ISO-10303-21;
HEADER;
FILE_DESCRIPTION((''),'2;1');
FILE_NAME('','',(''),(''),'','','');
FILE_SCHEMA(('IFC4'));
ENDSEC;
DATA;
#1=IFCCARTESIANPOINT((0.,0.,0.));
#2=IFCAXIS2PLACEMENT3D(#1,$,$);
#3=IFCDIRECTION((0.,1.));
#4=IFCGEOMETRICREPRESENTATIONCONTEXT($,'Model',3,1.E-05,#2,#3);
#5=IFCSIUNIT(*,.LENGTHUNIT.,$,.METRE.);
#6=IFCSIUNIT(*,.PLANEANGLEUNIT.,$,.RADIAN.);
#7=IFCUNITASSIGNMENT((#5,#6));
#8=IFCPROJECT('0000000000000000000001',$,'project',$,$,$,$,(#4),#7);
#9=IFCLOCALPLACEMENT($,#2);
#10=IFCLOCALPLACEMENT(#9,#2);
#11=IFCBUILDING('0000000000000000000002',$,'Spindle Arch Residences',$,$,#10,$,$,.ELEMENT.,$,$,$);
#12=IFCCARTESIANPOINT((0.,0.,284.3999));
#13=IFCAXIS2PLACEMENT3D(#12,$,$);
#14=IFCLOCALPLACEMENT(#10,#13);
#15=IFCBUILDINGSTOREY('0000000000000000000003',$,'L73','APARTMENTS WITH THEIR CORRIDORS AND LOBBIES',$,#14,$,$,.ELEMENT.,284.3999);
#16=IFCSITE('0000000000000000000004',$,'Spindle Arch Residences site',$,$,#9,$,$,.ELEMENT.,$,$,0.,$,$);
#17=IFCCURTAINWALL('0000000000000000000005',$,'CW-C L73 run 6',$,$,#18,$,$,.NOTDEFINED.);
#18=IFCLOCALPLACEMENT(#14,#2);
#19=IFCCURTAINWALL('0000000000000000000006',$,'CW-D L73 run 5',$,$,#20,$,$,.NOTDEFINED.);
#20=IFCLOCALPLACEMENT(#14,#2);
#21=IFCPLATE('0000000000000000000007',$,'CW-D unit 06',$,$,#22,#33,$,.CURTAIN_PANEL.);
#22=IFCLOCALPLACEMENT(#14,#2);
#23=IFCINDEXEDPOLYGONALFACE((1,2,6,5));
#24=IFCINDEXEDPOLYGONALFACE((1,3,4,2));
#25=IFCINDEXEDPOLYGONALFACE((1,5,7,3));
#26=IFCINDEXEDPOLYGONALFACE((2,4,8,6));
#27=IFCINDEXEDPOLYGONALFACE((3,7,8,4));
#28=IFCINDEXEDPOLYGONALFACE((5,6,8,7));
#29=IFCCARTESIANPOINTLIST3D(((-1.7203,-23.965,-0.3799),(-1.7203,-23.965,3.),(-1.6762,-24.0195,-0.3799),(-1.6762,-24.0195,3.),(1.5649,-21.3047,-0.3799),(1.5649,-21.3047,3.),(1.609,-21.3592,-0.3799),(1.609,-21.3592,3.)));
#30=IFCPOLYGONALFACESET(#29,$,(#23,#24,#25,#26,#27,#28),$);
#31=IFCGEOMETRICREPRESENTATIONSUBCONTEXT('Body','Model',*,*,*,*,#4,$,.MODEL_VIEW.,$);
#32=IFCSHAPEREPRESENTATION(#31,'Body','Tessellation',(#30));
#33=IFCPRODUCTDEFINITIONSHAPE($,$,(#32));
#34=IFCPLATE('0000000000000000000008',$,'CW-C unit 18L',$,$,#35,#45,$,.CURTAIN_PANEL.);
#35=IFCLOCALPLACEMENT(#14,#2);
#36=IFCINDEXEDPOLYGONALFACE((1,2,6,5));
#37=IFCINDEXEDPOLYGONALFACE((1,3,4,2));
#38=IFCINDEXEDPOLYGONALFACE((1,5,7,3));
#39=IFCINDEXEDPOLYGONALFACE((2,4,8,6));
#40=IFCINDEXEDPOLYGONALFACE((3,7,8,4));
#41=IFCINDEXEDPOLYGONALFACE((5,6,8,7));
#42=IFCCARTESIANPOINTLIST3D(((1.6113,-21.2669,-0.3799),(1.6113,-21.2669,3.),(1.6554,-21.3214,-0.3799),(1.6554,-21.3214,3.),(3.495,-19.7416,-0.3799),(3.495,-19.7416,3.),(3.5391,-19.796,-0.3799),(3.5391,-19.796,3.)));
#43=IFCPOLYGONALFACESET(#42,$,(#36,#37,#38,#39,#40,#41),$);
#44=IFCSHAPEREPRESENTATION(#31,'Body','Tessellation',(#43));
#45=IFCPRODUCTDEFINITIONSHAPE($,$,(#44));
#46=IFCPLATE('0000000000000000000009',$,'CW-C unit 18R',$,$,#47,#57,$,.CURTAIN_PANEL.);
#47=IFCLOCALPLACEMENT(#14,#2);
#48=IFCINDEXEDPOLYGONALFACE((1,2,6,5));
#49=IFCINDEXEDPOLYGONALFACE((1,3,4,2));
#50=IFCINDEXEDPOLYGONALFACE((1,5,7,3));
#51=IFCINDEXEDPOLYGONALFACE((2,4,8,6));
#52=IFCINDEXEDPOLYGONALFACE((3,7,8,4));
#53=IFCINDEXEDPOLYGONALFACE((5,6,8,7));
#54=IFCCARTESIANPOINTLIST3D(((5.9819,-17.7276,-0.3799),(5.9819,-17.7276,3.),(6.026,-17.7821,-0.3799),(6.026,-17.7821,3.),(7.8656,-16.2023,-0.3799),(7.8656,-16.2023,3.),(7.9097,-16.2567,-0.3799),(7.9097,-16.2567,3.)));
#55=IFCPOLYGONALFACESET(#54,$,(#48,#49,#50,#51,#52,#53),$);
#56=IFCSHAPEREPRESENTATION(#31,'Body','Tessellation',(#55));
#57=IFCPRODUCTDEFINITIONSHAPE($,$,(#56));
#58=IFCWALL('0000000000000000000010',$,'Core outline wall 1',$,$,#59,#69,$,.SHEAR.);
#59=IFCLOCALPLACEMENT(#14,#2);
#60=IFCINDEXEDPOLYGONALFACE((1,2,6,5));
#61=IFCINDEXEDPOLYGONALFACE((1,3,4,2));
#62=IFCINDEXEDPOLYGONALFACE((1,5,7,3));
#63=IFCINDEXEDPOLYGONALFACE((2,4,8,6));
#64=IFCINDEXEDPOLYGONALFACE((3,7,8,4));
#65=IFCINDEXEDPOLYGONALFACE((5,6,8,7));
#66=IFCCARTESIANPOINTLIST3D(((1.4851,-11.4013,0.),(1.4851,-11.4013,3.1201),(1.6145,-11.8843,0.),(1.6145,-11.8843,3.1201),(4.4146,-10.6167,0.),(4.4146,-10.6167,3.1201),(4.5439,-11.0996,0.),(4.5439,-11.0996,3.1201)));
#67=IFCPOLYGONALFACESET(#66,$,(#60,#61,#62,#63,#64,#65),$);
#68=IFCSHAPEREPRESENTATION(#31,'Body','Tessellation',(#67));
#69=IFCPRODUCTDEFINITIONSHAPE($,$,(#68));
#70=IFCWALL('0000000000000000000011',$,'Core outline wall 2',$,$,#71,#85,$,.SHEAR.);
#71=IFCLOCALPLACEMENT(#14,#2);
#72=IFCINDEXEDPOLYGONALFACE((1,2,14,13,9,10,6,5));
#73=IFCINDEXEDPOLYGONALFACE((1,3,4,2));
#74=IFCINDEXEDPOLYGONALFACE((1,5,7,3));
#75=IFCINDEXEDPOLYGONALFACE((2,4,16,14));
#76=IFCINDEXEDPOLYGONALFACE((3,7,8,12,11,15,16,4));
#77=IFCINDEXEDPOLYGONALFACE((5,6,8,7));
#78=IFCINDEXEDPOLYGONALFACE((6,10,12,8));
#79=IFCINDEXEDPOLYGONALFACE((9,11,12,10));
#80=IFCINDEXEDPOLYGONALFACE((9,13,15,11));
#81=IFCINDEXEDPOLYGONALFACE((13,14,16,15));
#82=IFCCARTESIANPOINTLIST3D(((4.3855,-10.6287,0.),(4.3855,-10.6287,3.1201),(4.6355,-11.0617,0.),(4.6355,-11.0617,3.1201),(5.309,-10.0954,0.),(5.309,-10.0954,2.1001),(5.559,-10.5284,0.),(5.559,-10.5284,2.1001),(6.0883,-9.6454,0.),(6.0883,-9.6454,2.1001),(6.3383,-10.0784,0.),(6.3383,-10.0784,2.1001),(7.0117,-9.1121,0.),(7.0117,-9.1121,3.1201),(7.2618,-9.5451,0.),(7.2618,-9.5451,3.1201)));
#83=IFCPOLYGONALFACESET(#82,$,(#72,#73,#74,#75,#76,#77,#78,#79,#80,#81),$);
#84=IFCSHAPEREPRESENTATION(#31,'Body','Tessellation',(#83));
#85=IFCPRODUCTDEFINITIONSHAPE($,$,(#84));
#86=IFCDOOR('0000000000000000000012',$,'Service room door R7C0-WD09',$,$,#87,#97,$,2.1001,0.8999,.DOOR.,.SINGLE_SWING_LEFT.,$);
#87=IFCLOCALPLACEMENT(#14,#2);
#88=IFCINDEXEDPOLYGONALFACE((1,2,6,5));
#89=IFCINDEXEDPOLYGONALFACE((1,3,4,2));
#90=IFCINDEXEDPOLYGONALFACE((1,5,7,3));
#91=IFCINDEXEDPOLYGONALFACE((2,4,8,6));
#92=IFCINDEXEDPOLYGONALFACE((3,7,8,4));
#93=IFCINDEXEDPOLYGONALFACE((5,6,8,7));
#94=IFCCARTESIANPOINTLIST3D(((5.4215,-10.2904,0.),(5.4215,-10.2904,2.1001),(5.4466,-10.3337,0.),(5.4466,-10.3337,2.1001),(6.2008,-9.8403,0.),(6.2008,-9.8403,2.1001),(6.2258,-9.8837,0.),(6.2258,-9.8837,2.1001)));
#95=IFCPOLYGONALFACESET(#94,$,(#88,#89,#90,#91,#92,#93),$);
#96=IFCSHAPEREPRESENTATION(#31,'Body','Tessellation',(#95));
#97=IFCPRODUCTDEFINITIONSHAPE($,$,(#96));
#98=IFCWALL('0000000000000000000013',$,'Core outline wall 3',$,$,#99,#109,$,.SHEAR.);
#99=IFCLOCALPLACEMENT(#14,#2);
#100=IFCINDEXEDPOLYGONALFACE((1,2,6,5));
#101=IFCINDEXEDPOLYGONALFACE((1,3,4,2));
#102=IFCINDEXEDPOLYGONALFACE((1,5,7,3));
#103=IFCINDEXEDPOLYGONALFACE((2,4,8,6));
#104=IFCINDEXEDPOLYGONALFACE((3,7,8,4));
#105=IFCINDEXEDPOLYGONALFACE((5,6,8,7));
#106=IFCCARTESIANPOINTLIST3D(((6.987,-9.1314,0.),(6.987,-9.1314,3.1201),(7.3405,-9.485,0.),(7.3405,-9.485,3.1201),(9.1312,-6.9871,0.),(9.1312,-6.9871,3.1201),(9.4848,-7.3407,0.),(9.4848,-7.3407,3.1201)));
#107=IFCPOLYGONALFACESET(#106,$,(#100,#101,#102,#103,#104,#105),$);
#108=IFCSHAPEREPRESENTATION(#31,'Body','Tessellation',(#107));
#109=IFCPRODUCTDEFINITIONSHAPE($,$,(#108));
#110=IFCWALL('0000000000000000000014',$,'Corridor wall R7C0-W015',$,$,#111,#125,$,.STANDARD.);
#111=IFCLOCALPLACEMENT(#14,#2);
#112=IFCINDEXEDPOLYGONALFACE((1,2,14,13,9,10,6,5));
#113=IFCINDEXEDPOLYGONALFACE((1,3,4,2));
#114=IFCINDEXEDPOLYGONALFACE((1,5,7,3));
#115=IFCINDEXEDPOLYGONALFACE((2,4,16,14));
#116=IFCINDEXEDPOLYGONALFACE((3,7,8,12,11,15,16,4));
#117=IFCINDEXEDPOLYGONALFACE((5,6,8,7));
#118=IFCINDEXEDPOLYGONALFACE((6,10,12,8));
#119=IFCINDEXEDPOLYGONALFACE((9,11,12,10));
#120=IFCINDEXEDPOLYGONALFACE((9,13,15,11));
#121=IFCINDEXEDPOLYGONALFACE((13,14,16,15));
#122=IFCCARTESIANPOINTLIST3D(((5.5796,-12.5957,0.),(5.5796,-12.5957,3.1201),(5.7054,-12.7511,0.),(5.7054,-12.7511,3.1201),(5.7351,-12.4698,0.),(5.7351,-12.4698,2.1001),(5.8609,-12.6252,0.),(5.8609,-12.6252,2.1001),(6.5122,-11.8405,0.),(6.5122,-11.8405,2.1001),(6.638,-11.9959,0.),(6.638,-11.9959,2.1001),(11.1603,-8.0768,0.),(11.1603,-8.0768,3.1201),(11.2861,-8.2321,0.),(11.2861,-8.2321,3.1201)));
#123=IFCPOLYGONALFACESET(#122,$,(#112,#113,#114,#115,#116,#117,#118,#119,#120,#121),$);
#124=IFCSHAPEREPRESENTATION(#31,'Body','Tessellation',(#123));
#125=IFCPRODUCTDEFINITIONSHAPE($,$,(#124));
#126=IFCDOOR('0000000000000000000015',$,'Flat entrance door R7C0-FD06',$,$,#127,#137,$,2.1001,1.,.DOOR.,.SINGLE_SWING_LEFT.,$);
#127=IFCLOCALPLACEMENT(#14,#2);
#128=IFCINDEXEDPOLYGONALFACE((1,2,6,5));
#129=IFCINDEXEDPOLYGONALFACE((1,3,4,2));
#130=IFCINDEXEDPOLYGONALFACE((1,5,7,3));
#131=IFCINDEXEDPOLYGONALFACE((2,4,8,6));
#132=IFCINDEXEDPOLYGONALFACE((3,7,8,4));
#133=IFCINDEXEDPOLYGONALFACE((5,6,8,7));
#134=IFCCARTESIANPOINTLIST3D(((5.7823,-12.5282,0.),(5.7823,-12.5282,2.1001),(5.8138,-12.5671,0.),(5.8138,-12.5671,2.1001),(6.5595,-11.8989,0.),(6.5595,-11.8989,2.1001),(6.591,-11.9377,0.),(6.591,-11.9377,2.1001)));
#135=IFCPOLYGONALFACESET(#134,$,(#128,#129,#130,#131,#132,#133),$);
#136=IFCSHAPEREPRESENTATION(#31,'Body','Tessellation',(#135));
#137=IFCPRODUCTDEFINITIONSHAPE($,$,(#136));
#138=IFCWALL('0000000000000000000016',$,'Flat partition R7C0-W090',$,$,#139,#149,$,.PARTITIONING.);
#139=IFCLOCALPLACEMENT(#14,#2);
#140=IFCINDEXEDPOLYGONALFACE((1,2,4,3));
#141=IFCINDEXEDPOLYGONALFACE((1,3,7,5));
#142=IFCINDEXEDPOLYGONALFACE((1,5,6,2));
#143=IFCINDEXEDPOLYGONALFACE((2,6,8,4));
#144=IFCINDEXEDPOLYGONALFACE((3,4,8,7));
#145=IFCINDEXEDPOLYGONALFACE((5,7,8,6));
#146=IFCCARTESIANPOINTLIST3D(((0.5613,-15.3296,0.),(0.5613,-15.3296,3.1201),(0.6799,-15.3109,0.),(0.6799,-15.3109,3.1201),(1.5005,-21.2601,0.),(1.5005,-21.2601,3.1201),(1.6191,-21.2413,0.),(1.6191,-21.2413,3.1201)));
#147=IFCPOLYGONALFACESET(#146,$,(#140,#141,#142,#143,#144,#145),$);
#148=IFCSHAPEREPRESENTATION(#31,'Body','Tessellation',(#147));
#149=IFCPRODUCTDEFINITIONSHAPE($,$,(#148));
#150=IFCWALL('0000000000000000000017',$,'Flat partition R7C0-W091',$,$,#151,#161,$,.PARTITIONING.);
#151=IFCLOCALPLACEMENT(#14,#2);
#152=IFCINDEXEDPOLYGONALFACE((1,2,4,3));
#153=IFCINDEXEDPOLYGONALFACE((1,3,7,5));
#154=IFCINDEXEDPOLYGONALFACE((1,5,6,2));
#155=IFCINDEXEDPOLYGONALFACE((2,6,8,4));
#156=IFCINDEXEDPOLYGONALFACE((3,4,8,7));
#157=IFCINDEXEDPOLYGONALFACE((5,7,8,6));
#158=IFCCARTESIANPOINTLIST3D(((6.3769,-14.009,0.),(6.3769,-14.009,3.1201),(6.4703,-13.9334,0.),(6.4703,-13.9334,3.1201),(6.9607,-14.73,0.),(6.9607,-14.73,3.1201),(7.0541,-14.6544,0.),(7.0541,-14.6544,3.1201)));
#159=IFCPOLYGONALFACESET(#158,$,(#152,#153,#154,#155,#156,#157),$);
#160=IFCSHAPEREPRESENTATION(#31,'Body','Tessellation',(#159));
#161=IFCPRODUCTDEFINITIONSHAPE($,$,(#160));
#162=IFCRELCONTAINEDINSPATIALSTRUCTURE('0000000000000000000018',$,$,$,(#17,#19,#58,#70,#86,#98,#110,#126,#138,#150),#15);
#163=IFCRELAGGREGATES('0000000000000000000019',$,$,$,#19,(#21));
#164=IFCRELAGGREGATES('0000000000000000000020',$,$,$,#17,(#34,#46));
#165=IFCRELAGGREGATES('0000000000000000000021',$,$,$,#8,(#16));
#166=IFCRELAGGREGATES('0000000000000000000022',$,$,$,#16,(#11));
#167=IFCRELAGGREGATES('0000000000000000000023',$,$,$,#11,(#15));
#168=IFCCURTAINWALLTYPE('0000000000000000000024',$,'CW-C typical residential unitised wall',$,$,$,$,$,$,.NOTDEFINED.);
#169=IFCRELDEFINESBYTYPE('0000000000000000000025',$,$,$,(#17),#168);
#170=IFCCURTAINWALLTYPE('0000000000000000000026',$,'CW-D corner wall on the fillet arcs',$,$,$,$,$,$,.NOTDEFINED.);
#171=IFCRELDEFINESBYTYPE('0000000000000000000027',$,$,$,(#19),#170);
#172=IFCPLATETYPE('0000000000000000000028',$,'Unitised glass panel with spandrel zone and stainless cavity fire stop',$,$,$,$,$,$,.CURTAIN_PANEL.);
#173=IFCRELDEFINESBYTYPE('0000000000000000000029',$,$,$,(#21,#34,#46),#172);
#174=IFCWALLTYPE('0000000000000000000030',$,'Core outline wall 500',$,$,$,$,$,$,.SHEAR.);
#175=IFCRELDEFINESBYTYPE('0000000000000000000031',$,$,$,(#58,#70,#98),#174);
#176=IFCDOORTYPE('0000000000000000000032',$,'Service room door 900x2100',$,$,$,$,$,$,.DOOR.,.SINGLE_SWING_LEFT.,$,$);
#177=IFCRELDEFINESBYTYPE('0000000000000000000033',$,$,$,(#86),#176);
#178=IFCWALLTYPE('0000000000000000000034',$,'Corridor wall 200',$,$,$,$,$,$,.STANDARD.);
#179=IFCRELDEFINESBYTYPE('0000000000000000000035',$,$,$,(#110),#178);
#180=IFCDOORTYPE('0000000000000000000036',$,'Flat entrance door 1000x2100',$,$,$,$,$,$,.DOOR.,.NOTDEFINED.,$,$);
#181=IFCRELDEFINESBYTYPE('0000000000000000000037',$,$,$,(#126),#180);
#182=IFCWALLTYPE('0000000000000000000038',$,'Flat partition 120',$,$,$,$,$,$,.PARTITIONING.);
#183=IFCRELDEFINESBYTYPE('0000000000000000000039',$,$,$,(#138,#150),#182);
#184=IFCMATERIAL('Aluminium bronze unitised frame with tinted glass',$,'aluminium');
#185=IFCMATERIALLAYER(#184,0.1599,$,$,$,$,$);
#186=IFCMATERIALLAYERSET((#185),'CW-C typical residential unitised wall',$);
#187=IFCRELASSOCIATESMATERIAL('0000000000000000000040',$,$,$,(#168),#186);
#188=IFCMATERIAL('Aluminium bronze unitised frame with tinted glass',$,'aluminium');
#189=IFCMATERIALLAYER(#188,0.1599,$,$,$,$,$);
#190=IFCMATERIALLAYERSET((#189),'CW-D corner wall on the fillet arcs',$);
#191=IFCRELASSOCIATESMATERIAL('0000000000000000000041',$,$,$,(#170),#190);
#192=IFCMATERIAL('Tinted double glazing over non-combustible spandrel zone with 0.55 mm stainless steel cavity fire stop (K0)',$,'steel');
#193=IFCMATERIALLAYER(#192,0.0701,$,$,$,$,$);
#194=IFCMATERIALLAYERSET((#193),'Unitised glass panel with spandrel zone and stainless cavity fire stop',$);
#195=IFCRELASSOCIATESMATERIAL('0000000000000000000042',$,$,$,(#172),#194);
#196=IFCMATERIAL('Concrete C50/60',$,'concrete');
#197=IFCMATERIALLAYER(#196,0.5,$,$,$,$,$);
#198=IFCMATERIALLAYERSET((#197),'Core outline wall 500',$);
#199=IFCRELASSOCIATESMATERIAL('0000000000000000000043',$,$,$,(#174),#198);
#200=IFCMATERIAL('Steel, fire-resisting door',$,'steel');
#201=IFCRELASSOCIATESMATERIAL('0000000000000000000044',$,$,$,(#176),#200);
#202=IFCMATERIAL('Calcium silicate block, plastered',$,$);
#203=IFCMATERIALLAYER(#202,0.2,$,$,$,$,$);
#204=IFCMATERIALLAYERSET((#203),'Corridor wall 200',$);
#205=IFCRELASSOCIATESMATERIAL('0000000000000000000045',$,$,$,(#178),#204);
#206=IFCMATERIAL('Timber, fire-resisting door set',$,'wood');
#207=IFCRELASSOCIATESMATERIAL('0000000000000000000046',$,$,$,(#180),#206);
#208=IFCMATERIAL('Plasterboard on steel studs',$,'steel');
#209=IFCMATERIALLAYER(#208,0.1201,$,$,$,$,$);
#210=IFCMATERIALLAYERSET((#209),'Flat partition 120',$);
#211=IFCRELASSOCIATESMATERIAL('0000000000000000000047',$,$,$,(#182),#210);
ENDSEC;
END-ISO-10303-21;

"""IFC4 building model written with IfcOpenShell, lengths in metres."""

from ifc_helpers import new_model, si_unit, direction, frame, frame_2d, origin, origin_2d, place, context, subcontext, project, spatial, rectangle, extrude, material, layer, layer_set, type_object, element, fill, aggregate, save


model = new_model("IFC4")

# Units and contexts
model_context = context("Model", 3, precision=1e-05, world=origin(), true_north=direction((0.0, 1.0)))
body_context = subcontext(model_context, "Body", "Model", "MODEL_VIEW")
ifc_project = project(units=[si_unit("LENGTHUNIT", "METRE"), si_unit("PLANEANGLEUNIT", "RADIAN")], contexts=[model_context])

# Site, building, storey
site_placement = place(None, origin())
site = spatial("IfcSite", under=ifc_project, at=site_placement, Name="Spindle Arch Residences site", CompositionType="ELEMENT", RefElevation=0.0)
building_placement = place(site_placement, origin())
building = spatial("IfcBuilding", under=site, at=building_placement, Name="Spindle Arch Residences", CompositionType="ELEMENT")
storey_placement = place(building_placement, frame((0.0, 0.0, 284.3999)))
storey = spatial("IfcBuildingStorey", under=building, at=storey_placement, Name="L73", Description="APARTMENTS WITH THEIR CORRIDORS AND LOBBIES", CompositionType="ELEMENT", Elevation=284.3999)

# Curtain wall
ifc_material_1 = material(Name="Aluminium bronze unitised frame with tinted glass", Category="aluminium")
ifc_layer_1 = layer(ifc_material_1, 0.1599)
ifc_layer_set_1 = layer_set([ifc_layer_1], Name="CW-C typical residential unitised wall")
curtain_wall_type_1 = type_object("IfcCurtainWallType", Name="CW-C typical residential unitised wall", PredefinedType="NOTDEFINED", material=ifc_layer_set_1)
curtain_wall_1_placement = place(storey_placement, origin())
curtain_wall_1 = element("IfcCurtainWall", 1, at=curtain_wall_1_placement, inside=storey, type_object=curtain_wall_type_1, Name="CW-C L73 run 6", PredefinedType="NOTDEFINED")

# Curtain wall, plate
ifc_material_2 = material(Name="Aluminium bronze unitised frame with tinted glass", Category="aluminium")
ifc_layer_2 = layer(ifc_material_2, 0.1599)
ifc_layer_set_2 = layer_set([ifc_layer_2], Name="CW-D corner wall on the fillet arcs")
curtain_wall_type_2 = type_object("IfcCurtainWallType", Name="CW-D corner wall on the fillet arcs", PredefinedType="NOTDEFINED", material=ifc_layer_set_2)
curtain_wall_2_placement = place(storey_placement, origin())
curtain_wall_2 = element("IfcCurtainWall", 2, at=curtain_wall_2_placement, inside=storey, type_object=curtain_wall_type_2, Name="CW-D L73 run 5", PredefinedType="NOTDEFINED")
ifc_material_3 = material(Name="Tinted double glazing over non-combustible spandrel zone with 0.55 mm stainless steel cavity fire stop (K0)", Category="steel")
ifc_layer_3 = layer(ifc_material_3, 0.0701)
ifc_layer_set_3 = layer_set([ifc_layer_3], Name="Unitised glass panel with spandrel zone and stainless cavity fire stop")
plate_type = type_object("IfcPlateType", Name="Unitised glass panel with spandrel zone and stainless cavity fire stop", PredefinedType="CURTAIN_PANEL", material=ifc_layer_set_3)
plate_1_placement = place(storey_placement, frame((-0.0557, -22.6621, -0.3799), z_axis=(0.0, 0.0, 1.0), x_axis=(0.777146, 0.62932, 0.0)))
plate_1 = element("IfcPlate", 3, at=plate_1_placement, type_object=plate_type, Name="CW-D unit 06", PredefinedType="CURTAIN_PANEL", context=body_context, shape_type="SweptSolid", body=[
    extrude(rectangle(XDim=4.2273, YDim=0.0701, at=origin_2d()), origin(), (0.0, 0.0, 1.0), 3.3799),
])
aggregate(curtain_wall_2, [plate_1])

# Plates
plate_2_placement = place(storey_placement, frame((2.5752, -20.5315, -0.3799), z_axis=(0.0, 0.0, 1.0), x_axis=(0.777146, 0.62932, 0.0)))
plate_2 = element("IfcPlate", 4, at=plate_2_placement, type_object=plate_type, Name="CW-C unit 18L", PredefinedType="CURTAIN_PANEL", context=body_context, shape_type="SweptSolid", body=[
    extrude(rectangle(XDim=2.4238, YDim=0.0701, at=origin_2d()), origin(), (0.0, 0.0, 1.0), 3.3799),
])
plate_3_placement = place(storey_placement, frame((6.9458, -16.9922, -0.3799), z_axis=(0.0, 0.0, 1.0), x_axis=(0.777146, 0.62932, 0.0)))
plate_3 = element("IfcPlate", 5, at=plate_3_placement, type_object=plate_type, Name="CW-C unit 18R", PredefinedType="CURTAIN_PANEL", context=body_context, shape_type="SweptSolid", body=[
    extrude(rectangle(XDim=2.4238, YDim=0.0701, at=origin_2d()), origin(), (0.0, 0.0, 1.0), 3.3799),
])
aggregate(curtain_wall_1, [plate_2, plate_3])

# Wall
ifc_material_4 = material(Name="Concrete C50/60", Category="concrete")
ifc_layer_4 = layer(ifc_material_4, 0.5)
ifc_layer_set_4 = layer_set([ifc_layer_4], Name="Core outline wall 500")
wall_type_1 = type_object("IfcWallType", Name="Core outline wall 500", PredefinedType="SHEAR", material=ifc_layer_set_4)
wall_1_placement = place(storey_placement, frame((1.5498, -11.6428, 0.0), z_axis=(0.0, 0.0, 1.0), x_axis=(0.965948, 0.258735, 0.0)))
element("IfcWall", 6, at=wall_1_placement, inside=storey, type_object=wall_type_1, Name="Core outline wall 1", PredefinedType="SHEAR", context=body_context, shape_type="SweptSolid", body=[
    extrude(rectangle(XDim=3.0327, YDim=0.5, at=frame_2d((1.5164, 0.0))), origin(), (0.0, 0.0, 1.0), 3.1201),
])

# Wall, opening, door
wall_2_placement = place(storey_placement, frame((4.5105, -10.8452, 0.0), z_axis=(0.0, 0.0, 1.0), x_axis=(0.865975, 0.500087, 0.0)))
wall_2 = element("IfcWall", 7, at=wall_2_placement, inside=storey, type_object=wall_type_1, Name="Core outline wall 2", PredefinedType="SHEAR", context=body_context, shape_type="SweptSolid", body=[
    extrude(rectangle(XDim=3.0327, YDim=0.5, at=frame_2d((1.5164, 0.0))), origin(), (0.0, 0.0, 1.0), 3.1201),
])
opening_1_placement = place(wall_2_placement, frame((1.0664, 0.0, 0.0)))
opening_1 = element("IfcOpeningElement", 8, at=opening_1_placement, cuts=wall_2, PredefinedType="OPENING", context=body_context, shape_type="SweptSolid", body=[
    extrude(rectangle(XDim=0.8999, YDim=2.1001, at=frame_2d((0.45, 1.05))), frame((0.0, 0.26, 0.0), z_axis=(0.0, -1.0, 0.0), x_axis=(1.0, 0.0, 0.0)), (0.0, 0.0, 1.0), 0.52),
])
ifc_material_5 = material(Name="Steel, fire-resisting door", Category="steel")
door_type_1 = type_object("IfcDoorType", Name="Service room door 900x2100", OperationType="SINGLE_SWING_LEFT", PredefinedType="DOOR", material=ifc_material_5)
door_1_placement = place(opening_1_placement, origin())
door_1 = element("IfcDoor", 9, at=door_1_placement, inside=storey, type_object=door_type_1, Name="Service room door R7C0-WD09", OperationType="SINGLE_SWING_LEFT", OverallHeight=2.1001, OverallWidth=0.8999, PredefinedType="DOOR", context=body_context, shape_type="SweptSolid", body=[
    extrude(rectangle(XDim=0.8999, YDim=2.1001, at=frame_2d((0.45, 1.05))), frame((0.0, 0.0249, 0.0), z_axis=(0.0, -1.0, 0.0), x_axis=(1.0, 0.0, 0.0)), (0.0, 0.0, 1.0), 0.05),
])
fill(opening_1, door_1)

# Wall
wall_3_placement = place(storey_placement, frame((7.1638, -9.3081, 0.0), z_axis=(0.0, 0.0, 1.0), x_axis=(0.707107, 0.707107, 0.0)))
element("IfcWall", 10, at=wall_3_placement, inside=storey, type_object=wall_type_1, Name="Core outline wall 3", PredefinedType="SHEAR", context=body_context, shape_type="SweptSolid", body=[
    extrude(rectangle(XDim=3.0325, YDim=0.5, at=frame_2d((1.5161, 0.0))), origin(), (0.0, 0.0, 1.0), 3.1201),
])

# Wall, opening, door
ifc_material_6 = material(Name="Calcium silicate block, plastered")
ifc_layer_5 = layer(ifc_material_6, 0.2)
ifc_layer_set_5 = layer_set([ifc_layer_5], Name="Corridor wall 200")
wall_type_2 = type_object("IfcWallType", Name="Corridor wall 200", PredefinedType="STANDARD", material=ifc_layer_set_5)
wall_4_placement = place(storey_placement, frame((5.6426, -12.6733, 0.0), z_axis=(0.0, 0.0, 1.0), x_axis=(0.77716, 0.629303, 0.0)))
wall_4 = element("IfcWall", 11, at=wall_4_placement, inside=storey, type_object=wall_type_2, Name="Corridor wall R7C0-W015", PredefinedType="STANDARD", context=body_context, shape_type="SweptSolid", body=[
    extrude(rectangle(XDim=7.1809, YDim=0.2, at=frame_2d((3.5903, 0.0))), origin(), (0.0, 0.0, 1.0), 3.1201),
])
opening_2_placement = place(wall_4_placement, frame((0.2, 0.0, 0.0)))
opening_2 = element("IfcOpeningElement", 12, at=opening_2_placement, cuts=wall_4, PredefinedType="OPENING", context=body_context, shape_type="SweptSolid", body=[
    extrude(rectangle(XDim=1.0, YDim=2.1001, at=frame_2d((0.5, 1.05))), frame((0.0, 0.1099, 0.0), z_axis=(0.0, -1.0, 0.0), x_axis=(1.0, 0.0, 0.0)), (0.0, 0.0, 1.0), 0.22),
])
ifc_material_7 = material(Name="Timber, fire-resisting door set", Category="wood")
door_type_2 = type_object("IfcDoorType", Name="Flat entrance door 1000x2100", OperationType="NOTDEFINED", PredefinedType="DOOR", material=ifc_material_7)
door_2_placement = place(opening_2_placement, origin())
door_2 = element("IfcDoor", 13, at=door_2_placement, inside=storey, type_object=door_type_2, Name="Flat entrance door R7C0-FD06", OperationType="SINGLE_SWING_LEFT", OverallHeight=2.1001, OverallWidth=1.0, PredefinedType="DOOR", context=body_context, shape_type="SweptSolid", body=[
    extrude(rectangle(XDim=1.0, YDim=2.1001, at=frame_2d((0.5, 1.05))), frame((0.0, 0.0249, 0.0), z_axis=(0.0, -1.0, 0.0), x_axis=(1.0, 0.0, 0.0)), (0.0, 0.0, 1.0), 0.05),
])
fill(opening_2, door_2)

# Walls
ifc_material_8 = material(Name="Plasterboard on steel studs", Category="steel")
ifc_layer_6 = layer(ifc_material_8, 0.1201)
ifc_layer_set_6 = layer_set([ifc_layer_6], Name="Flat partition 120")
wall_type_3 = type_object("IfcWallType", Name="Flat partition 120", PredefinedType="PARTITIONING", material=ifc_layer_set_6)
wall_5_placement = place(storey_placement, frame((1.5598, -21.2507, 0.0), z_axis=(0.0, 0.0, 1.0), x_axis=(-0.156422, 0.98769, 0.0)))
element("IfcWall", 14, at=wall_5_placement, inside=storey, type_object=wall_type_3, Name="Flat partition R7C0-W090", PredefinedType="PARTITIONING", context=body_context, shape_type="SweptSolid", body=[
    extrude(rectangle(XDim=6.0044, YDim=0.1201, at=frame_2d((3.0022, 0.0))), origin(), (0.0, 0.0, 1.0), 3.1201),
])
wall_6_placement = place(storey_placement, frame((6.4236, -13.9712, 0.0), z_axis=(0.0, 0.0, 1.0), x_axis=(0.629274, -0.777184, 0.0)))
element("IfcWall", 15, at=wall_6_placement, inside=storey, type_object=wall_type_3, Name="Flat partition R7C0-W091", PredefinedType="PARTITIONING", context=body_context, shape_type="SweptSolid", body=[
    extrude(rectangle(XDim=0.9277, YDim=0.1201, at=frame_2d((0.4639, 0.0))), origin(), (0.0, 0.0, 1.0), 3.1201),
])

save(model, "model.ifc")
